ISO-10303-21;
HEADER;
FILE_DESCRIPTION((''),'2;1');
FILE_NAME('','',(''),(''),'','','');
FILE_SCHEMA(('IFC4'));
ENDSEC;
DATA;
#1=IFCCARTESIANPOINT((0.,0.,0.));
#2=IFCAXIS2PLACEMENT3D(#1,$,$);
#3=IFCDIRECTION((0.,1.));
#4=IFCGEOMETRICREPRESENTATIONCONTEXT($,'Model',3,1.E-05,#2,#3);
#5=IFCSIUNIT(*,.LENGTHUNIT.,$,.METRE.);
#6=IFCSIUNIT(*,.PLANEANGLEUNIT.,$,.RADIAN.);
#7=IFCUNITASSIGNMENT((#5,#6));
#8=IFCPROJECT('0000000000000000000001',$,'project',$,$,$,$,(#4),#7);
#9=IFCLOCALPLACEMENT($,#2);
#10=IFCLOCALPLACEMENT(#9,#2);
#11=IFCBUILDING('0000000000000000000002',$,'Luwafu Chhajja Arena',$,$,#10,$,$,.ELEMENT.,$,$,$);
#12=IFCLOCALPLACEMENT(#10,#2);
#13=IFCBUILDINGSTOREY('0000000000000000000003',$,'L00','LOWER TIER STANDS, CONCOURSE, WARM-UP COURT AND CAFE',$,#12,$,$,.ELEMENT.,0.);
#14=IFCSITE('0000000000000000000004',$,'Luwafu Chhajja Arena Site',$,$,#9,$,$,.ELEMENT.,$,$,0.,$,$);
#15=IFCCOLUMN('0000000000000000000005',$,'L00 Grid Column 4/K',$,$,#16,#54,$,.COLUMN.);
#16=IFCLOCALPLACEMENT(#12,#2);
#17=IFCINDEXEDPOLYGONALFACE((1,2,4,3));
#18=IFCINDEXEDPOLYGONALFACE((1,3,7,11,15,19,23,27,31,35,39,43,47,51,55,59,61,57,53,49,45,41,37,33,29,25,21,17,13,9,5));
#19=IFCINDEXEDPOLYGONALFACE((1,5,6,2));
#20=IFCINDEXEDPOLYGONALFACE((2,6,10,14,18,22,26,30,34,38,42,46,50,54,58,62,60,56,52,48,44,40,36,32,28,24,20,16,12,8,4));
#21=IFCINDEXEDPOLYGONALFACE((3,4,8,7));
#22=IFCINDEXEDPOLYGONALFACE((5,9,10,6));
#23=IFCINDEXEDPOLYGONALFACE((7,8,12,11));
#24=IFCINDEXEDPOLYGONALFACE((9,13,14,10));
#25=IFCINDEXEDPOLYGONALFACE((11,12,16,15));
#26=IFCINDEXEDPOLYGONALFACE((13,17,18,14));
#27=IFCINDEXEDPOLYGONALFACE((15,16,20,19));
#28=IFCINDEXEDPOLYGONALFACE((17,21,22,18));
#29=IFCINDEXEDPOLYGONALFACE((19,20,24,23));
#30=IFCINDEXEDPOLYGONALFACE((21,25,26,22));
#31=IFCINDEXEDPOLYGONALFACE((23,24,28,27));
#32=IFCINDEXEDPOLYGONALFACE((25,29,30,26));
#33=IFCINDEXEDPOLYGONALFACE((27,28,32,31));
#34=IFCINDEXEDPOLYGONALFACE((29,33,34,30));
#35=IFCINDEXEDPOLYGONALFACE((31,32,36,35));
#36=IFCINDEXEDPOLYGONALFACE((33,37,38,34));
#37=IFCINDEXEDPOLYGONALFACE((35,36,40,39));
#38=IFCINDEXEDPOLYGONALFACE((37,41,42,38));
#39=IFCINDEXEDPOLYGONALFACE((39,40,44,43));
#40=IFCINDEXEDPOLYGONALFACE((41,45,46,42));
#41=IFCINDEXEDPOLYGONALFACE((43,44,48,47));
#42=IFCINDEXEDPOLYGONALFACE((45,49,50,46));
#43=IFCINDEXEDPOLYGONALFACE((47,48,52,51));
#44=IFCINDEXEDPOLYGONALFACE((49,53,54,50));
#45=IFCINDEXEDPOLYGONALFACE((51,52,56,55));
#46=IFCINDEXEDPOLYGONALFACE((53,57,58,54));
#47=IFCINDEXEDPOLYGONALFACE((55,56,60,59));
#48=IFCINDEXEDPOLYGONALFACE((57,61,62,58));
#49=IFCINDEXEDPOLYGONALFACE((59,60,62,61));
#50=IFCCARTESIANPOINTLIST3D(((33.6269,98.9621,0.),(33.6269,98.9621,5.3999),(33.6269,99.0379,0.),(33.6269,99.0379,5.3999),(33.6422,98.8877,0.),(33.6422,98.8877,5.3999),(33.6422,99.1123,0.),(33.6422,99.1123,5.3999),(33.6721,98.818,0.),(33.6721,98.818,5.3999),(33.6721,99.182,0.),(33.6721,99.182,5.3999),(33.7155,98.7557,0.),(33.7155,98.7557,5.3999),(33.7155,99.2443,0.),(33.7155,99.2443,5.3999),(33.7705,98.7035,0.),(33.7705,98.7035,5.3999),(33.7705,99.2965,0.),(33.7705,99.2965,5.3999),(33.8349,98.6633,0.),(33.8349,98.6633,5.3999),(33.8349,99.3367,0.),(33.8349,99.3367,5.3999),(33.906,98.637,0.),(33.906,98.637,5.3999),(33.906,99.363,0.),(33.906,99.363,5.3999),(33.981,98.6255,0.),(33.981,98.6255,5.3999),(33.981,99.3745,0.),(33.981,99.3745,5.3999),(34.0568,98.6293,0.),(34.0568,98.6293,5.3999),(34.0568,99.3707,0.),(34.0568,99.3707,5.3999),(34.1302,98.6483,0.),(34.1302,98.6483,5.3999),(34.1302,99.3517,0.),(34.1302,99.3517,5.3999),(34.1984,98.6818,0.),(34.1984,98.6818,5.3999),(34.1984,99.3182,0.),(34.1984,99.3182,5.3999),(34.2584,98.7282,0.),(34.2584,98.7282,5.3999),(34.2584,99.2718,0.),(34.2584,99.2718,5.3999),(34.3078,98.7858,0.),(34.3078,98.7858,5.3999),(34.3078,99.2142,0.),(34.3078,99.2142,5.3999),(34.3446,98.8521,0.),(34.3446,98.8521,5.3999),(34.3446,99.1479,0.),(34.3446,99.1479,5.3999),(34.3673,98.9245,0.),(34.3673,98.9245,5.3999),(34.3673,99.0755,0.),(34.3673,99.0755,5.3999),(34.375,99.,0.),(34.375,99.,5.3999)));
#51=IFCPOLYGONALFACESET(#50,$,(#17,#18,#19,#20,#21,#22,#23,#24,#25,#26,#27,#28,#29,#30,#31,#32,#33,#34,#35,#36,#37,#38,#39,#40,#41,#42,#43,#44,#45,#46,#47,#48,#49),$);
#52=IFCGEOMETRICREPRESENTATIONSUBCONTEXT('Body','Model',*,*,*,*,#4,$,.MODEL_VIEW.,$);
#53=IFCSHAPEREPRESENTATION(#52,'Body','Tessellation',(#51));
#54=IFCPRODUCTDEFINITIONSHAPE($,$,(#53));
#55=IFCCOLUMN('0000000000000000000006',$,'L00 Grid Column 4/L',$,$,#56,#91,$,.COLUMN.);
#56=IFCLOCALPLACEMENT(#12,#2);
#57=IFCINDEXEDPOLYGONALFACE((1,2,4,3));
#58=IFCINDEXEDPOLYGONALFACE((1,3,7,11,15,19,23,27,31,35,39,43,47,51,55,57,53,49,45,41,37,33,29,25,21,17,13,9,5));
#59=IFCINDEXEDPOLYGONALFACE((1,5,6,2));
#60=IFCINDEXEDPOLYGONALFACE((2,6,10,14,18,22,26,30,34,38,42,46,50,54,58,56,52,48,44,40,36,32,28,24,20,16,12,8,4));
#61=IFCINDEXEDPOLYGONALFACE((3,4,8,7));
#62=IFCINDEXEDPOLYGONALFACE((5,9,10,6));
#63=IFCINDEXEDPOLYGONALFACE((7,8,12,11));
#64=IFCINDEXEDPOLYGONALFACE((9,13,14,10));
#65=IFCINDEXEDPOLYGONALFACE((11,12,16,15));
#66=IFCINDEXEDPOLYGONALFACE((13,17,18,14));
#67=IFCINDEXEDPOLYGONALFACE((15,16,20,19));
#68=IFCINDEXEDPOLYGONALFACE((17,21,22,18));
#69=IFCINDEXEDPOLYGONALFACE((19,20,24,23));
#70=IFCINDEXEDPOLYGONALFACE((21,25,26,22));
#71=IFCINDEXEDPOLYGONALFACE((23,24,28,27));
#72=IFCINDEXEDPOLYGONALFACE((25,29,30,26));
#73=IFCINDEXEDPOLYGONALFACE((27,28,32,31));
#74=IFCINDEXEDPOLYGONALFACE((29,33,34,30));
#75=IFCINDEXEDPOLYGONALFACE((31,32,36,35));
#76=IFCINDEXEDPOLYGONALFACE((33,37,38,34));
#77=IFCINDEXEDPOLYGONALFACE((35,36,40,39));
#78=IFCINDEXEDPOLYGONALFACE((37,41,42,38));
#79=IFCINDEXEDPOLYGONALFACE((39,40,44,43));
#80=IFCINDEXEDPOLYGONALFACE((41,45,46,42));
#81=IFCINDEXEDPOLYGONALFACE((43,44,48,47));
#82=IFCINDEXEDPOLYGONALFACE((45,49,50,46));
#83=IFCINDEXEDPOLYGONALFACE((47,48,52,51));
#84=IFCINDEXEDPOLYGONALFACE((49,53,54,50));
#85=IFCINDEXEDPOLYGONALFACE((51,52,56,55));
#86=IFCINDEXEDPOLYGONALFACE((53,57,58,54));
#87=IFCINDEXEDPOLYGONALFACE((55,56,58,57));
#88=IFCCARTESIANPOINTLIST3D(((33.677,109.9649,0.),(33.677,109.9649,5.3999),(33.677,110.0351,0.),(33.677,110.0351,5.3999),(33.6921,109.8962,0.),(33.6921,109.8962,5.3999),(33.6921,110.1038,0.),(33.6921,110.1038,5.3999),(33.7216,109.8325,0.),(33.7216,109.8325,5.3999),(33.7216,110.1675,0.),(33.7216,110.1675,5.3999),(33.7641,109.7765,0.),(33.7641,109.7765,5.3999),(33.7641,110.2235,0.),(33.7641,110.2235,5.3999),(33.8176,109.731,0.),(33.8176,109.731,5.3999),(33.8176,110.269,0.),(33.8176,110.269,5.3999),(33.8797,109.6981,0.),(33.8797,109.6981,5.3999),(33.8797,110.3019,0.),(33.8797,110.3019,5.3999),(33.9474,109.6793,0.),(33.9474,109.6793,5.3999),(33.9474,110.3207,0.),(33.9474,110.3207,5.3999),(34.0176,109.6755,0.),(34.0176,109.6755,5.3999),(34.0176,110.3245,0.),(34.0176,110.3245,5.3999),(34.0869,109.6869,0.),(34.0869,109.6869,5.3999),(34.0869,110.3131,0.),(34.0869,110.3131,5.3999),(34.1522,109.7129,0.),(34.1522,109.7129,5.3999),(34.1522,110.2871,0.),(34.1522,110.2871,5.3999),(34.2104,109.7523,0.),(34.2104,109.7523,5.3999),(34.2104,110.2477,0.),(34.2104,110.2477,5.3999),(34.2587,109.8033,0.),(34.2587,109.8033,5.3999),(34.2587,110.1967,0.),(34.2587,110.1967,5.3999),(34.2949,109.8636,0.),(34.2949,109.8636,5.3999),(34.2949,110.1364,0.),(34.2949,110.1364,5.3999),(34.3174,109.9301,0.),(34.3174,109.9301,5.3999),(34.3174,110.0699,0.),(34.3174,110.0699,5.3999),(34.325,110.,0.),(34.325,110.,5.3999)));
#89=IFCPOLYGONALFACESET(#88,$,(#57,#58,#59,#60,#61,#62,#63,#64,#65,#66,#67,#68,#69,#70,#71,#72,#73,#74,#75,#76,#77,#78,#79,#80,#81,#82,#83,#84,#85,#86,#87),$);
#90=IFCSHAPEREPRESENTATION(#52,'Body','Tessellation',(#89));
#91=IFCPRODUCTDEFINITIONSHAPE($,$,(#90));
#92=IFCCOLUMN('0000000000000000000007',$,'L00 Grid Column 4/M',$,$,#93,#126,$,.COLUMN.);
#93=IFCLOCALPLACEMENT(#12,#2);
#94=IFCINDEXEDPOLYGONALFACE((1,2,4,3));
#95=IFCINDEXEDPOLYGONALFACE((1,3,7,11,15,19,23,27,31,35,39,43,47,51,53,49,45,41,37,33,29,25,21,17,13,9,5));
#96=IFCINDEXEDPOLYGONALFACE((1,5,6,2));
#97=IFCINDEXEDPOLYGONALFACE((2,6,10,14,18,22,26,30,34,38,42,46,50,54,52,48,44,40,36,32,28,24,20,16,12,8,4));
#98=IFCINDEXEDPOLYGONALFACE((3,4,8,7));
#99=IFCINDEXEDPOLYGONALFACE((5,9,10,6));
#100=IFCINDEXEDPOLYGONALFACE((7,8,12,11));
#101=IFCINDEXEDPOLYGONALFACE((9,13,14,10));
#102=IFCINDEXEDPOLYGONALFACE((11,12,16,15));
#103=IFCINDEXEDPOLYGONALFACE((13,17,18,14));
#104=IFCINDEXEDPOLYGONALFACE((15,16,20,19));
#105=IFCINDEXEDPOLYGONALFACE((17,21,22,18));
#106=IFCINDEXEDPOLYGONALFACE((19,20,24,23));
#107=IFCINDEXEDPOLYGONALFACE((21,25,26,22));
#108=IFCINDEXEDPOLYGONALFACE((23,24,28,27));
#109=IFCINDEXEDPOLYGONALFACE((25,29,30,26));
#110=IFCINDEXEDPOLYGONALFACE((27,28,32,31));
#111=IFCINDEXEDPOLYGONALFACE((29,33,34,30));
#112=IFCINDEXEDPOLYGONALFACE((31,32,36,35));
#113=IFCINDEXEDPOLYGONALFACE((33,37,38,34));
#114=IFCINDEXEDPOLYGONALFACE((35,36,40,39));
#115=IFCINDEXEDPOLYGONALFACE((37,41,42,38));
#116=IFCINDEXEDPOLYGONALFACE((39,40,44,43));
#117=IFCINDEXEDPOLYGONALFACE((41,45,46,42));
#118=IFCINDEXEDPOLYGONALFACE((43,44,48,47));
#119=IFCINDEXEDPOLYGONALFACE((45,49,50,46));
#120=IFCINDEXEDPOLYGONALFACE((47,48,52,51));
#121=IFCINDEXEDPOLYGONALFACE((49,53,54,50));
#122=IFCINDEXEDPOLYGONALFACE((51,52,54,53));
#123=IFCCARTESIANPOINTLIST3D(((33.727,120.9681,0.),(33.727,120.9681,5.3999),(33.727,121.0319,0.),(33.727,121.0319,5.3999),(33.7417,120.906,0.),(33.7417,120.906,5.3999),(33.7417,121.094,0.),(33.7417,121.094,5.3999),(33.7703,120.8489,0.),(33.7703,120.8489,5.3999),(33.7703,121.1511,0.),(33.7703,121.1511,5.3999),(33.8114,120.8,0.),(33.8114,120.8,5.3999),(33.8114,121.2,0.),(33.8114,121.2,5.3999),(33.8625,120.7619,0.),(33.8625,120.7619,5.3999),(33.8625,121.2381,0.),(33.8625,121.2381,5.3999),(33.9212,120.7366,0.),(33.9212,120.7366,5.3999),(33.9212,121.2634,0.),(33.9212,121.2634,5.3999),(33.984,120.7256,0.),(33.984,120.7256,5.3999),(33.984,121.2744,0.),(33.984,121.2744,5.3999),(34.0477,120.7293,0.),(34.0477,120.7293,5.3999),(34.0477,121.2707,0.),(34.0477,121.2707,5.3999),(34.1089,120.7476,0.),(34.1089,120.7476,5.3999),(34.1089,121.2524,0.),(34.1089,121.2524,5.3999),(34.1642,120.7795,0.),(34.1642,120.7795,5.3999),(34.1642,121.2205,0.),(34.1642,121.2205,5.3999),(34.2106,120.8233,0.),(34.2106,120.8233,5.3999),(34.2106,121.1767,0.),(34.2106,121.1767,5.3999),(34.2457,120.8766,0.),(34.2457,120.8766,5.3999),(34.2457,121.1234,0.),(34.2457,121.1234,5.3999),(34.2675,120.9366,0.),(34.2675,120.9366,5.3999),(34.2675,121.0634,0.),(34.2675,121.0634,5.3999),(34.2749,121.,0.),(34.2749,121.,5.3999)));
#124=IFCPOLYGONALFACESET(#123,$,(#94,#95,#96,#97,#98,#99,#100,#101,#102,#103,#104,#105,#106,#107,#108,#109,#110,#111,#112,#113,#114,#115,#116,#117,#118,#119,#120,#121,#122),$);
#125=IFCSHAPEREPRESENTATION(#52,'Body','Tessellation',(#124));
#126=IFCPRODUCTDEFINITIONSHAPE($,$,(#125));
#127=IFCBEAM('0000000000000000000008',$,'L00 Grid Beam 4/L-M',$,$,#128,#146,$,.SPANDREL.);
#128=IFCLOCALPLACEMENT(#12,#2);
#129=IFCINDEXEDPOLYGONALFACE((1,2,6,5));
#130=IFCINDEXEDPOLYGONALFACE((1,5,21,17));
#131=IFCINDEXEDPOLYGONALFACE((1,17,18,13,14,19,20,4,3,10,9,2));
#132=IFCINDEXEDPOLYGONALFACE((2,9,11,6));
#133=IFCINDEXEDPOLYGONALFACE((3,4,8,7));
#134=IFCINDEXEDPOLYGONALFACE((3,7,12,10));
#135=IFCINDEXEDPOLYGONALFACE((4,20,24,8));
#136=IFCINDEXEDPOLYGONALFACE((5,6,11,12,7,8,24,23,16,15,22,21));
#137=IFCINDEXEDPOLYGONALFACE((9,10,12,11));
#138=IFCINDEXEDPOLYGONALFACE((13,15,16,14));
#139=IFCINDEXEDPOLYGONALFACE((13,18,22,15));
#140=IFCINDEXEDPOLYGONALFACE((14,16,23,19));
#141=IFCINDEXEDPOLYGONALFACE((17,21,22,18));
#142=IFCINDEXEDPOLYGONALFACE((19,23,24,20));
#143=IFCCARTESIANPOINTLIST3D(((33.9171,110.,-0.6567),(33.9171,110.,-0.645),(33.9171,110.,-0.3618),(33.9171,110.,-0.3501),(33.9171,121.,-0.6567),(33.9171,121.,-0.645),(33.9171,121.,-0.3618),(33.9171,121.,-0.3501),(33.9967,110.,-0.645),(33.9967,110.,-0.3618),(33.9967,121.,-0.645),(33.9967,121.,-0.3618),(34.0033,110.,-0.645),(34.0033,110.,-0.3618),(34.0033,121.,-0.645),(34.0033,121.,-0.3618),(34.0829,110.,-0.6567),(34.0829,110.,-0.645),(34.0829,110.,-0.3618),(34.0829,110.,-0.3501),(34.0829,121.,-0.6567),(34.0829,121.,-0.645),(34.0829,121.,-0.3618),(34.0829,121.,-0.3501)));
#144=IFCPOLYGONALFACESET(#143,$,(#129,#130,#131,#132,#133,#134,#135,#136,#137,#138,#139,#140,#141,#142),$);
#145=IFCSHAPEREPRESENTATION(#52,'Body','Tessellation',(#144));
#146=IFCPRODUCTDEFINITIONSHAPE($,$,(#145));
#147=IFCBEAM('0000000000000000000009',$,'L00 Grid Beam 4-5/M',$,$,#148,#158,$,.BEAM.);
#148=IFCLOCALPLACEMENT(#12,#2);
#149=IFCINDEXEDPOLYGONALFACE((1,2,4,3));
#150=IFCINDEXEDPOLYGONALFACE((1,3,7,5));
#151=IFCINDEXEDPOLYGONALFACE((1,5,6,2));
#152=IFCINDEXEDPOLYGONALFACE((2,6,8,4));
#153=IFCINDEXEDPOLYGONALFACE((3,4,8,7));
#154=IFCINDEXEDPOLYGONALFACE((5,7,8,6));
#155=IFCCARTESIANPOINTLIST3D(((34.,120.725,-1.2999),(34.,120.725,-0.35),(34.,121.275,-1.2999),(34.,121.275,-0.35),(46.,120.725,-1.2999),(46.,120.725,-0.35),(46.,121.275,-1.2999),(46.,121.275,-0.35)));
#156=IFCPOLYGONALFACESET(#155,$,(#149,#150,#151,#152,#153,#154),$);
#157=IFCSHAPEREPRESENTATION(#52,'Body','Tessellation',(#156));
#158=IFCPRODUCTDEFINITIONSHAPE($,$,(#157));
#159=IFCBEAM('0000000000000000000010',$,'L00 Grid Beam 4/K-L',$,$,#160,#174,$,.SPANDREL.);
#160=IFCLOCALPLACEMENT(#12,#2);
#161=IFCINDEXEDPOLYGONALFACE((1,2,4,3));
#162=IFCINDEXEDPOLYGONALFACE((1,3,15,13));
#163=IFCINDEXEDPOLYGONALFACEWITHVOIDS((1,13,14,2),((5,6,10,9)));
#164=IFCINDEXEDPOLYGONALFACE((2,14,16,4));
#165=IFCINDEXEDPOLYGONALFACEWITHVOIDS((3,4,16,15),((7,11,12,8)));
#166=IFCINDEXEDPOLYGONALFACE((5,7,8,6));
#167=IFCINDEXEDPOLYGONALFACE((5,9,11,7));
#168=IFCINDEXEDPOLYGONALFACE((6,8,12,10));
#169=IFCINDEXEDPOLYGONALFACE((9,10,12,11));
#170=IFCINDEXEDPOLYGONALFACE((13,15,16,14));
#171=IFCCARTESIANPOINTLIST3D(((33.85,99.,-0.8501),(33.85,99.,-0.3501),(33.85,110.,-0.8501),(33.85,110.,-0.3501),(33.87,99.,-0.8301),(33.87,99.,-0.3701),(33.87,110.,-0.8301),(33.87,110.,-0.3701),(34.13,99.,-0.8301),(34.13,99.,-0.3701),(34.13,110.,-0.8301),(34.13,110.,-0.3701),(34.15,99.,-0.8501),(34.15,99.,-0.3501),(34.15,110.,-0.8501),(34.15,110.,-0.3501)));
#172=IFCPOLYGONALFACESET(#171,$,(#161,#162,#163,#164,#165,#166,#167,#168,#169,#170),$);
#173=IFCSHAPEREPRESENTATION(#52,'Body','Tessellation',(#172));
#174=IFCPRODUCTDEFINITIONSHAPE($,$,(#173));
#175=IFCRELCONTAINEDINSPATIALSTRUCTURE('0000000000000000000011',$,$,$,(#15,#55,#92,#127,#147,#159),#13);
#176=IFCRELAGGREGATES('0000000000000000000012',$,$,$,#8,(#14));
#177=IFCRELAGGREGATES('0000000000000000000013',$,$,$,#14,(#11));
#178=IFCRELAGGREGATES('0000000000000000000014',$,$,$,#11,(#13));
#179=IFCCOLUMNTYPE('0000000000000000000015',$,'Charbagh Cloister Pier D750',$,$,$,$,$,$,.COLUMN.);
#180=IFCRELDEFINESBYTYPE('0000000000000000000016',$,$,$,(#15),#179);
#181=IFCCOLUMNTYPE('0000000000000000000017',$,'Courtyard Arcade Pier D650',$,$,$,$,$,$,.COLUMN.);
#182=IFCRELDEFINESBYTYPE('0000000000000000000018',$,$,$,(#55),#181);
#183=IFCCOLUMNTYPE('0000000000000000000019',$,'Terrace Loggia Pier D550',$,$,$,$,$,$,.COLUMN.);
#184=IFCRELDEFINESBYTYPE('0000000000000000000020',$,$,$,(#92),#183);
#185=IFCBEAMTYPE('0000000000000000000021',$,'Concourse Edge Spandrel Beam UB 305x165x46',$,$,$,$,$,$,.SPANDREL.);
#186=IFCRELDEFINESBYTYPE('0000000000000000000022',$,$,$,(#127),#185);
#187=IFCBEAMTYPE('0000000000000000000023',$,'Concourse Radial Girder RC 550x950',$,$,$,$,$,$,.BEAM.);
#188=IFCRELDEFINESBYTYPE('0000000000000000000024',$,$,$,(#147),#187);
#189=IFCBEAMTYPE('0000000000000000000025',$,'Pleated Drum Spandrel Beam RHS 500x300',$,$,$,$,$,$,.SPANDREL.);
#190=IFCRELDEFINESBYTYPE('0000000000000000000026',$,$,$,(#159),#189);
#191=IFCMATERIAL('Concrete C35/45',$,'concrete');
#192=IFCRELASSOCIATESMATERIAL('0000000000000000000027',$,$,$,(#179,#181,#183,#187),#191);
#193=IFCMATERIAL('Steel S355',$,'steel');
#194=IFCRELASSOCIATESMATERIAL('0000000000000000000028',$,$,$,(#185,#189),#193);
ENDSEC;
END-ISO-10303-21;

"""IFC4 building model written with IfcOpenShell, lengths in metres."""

from ifc_helpers import new_model, si_unit, direction, frame, origin, origin_2d, place, context, subcontext, project, spatial, rectangle, hollow_rectangle, circle, i_section, extrude, material, material_profile, profile_set, type_object, element, save


model = new_model("IFC4")

# Units and contexts
model_context = context("Model", 3, precision=1e-05, world=origin(), true_north=direction((0.0, 1.0)))
body_context = subcontext(model_context, "Body", "Model", "MODEL_VIEW")
ifc_project = project(units=[si_unit("LENGTHUNIT", "METRE"), si_unit("PLANEANGLEUNIT", "RADIAN")], contexts=[model_context])

# Site, building, storey
site_placement = place(None, origin())
site = spatial("IfcSite", under=ifc_project, at=site_placement, Name="Luwafu Chhajja Arena Site", CompositionType="ELEMENT", RefElevation=0.0)
building_placement = place(site_placement, origin())
building = spatial("IfcBuilding", under=site, at=building_placement, Name="Luwafu Chhajja Arena", CompositionType="ELEMENT")
storey_placement = place(building_placement, origin())
storey = spatial("IfcBuildingStorey", under=building, at=storey_placement, Name="L00", Description="LOWER TIER STANDS, CONCOURSE, WARM-UP COURT AND CAFE", CompositionType="ELEMENT", Elevation=0.0)

# Columns
ifc_material_1 = material(Name="Concrete C35/45", Category="concrete")
ifc_material_profile_1 = material_profile(ifc_material_1, circle(Radius=0.375, at=origin_2d()), Name="RC COL D750")
ifc_profile_set_1 = profile_set([ifc_material_profile_1], Name="Concrete C35/45")
column_type_1 = type_object("IfcColumnType", Name="Charbagh Cloister Pier D750", PredefinedType="COLUMN", material=ifc_profile_set_1)
column_1_placement = place(storey_placement, frame((34.0, 99.0, 0.0), z_axis=(0.0, 0.0, 1.0), x_axis=(1.0, 0.0, 0.0)))
element("IfcColumn", 1, at=column_1_placement, inside=storey, type_object=column_type_1, Name="L00 Grid Column 4/K", PredefinedType="COLUMN", context=body_context, shape_type="SweptSolid", body=[
    extrude(circle(Radius=0.375, at=origin_2d()), origin(), (0.0, 0.0, 1.0), 5.3999),
])
ifc_material_profile_2 = material_profile(ifc_material_1, circle(Radius=0.325, at=origin_2d()), Name="RC COL D650")
ifc_profile_set_2 = profile_set([ifc_material_profile_2], Name="Concrete C35/45")
column_type_2 = type_object("IfcColumnType", Name="Courtyard Arcade Pier D650", PredefinedType="COLUMN", material=ifc_profile_set_2)
column_2_placement = place(storey_placement, frame((34.0, 110.0, 0.0), z_axis=(0.0, 0.0, 1.0), x_axis=(1.0, 0.0, 0.0)))
element("IfcColumn", 2, at=column_2_placement, inside=storey, type_object=column_type_2, Name="L00 Grid Column 4/L", PredefinedType="COLUMN", context=body_context, shape_type="SweptSolid", body=[
    extrude(circle(Radius=0.325, at=origin_2d()), origin(), (0.0, 0.0, 1.0), 5.3999),
])
ifc_material_profile_3 = material_profile(ifc_material_1, circle(Radius=0.2749, at=origin_2d()), Name="RC COL D550")
ifc_profile_set_3 = profile_set([ifc_material_profile_3], Name="Concrete C35/45")
column_type_3 = type_object("IfcColumnType", Name="Terrace Loggia Pier D550", PredefinedType="COLUMN", material=ifc_profile_set_3)
column_3_placement = place(storey_placement, frame((34.0, 121.0, 0.0), z_axis=(0.0, 0.0, 1.0), x_axis=(1.0, 0.0, 0.0)))
element("IfcColumn", 3, at=column_3_placement, inside=storey, type_object=column_type_3, Name="L00 Grid Column 4/M", PredefinedType="COLUMN", context=body_context, shape_type="SweptSolid", body=[
    extrude(circle(Radius=0.2749, at=origin_2d()), origin(), (0.0, 0.0, 1.0), 5.3999),
])

# Beams
ifc_material_2 = material(Name="Steel S355", Category="steel")
ifc_material_profile_4 = material_profile(ifc_material_2, i_section(OverallWidth=0.1658, OverallDepth=0.3066, WebThickness=0.0066, FlangeThickness=0.0117, at=origin_2d()), Name="UB 305x165x46")
ifc_profile_set_4 = profile_set([ifc_material_profile_4], Name="Steel S355")
beam_type_1 = type_object("IfcBeamType", Name="Concourse Edge Spandrel Beam UB 305x165x46", PredefinedType="SPANDREL", material=ifc_profile_set_4)
beam_1_placement = place(storey_placement, frame((34.0, 110.0, -0.5034), z_axis=(0.0, 1.0, 0.0), x_axis=(-1.0, 0.0, 0.0)))
element("IfcBeam", 4, at=beam_1_placement, inside=storey, type_object=beam_type_1, Name="L00 Grid Beam 4/L-M", PredefinedType="SPANDREL", context=body_context, shape_type="SweptSolid", body=[
    extrude(i_section(OverallWidth=0.1658, OverallDepth=0.3066, WebThickness=0.0066, FlangeThickness=0.0117, at=origin_2d()), origin(), (0.0, 0.0, 1.0), 11.0),
])
ifc_material_profile_5 = material_profile(ifc_material_1, rectangle(XDim=0.55, YDim=0.95, at=origin_2d()), Name="RC 550x950")
ifc_profile_set_5 = profile_set([ifc_material_profile_5], Name="Concrete C35/45")
beam_type_2 = type_object("IfcBeamType", Name="Concourse Radial Girder RC 550x950", PredefinedType="BEAM", material=ifc_profile_set_5)
beam_2_placement = place(storey_placement, frame((34.0, 121.0, -0.825), z_axis=(1.0, 0.0, 0.0), x_axis=(0.0, 1.0, 0.0)))
element("IfcBeam", 5, at=beam_2_placement, inside=storey, type_object=beam_type_2, Name="L00 Grid Beam 4-5/M", PredefinedType="BEAM", context=body_context, shape_type="SweptSolid", body=[
    extrude(rectangle(XDim=0.55, YDim=0.95, at=origin_2d()), origin(), (0.0, 0.0, 1.0), 12.0),
])
ifc_material_profile_6 = material_profile(ifc_material_2, hollow_rectangle(XDim=0.3, YDim=0.5, WallThickness=0.02, at=origin_2d()), Name="RHS 500x300x20")
ifc_profile_set_6 = profile_set([ifc_material_profile_6], Name="Steel S355")
beam_type_3 = type_object("IfcBeamType", Name="Pleated Drum Spandrel Beam RHS 500x300", PredefinedType="SPANDREL", material=ifc_profile_set_6)
beam_3_placement = place(storey_placement, frame((34.0, 99.0, -0.6001), z_axis=(0.0, 1.0, 0.0), x_axis=(-1.0, 0.0, 0.0)))
element("IfcBeam", 6, at=beam_3_placement, inside=storey, type_object=beam_type_3, Name="L00 Grid Beam 4/K-L", PredefinedType="SPANDREL", context=body_context, shape_type="SweptSolid", body=[
    extrude(hollow_rectangle(XDim=0.3, YDim=0.5, WallThickness=0.02, at=origin_2d()), origin(), (0.0, 0.0, 1.0), 11.0),
])

save(model, "model.ifc")
